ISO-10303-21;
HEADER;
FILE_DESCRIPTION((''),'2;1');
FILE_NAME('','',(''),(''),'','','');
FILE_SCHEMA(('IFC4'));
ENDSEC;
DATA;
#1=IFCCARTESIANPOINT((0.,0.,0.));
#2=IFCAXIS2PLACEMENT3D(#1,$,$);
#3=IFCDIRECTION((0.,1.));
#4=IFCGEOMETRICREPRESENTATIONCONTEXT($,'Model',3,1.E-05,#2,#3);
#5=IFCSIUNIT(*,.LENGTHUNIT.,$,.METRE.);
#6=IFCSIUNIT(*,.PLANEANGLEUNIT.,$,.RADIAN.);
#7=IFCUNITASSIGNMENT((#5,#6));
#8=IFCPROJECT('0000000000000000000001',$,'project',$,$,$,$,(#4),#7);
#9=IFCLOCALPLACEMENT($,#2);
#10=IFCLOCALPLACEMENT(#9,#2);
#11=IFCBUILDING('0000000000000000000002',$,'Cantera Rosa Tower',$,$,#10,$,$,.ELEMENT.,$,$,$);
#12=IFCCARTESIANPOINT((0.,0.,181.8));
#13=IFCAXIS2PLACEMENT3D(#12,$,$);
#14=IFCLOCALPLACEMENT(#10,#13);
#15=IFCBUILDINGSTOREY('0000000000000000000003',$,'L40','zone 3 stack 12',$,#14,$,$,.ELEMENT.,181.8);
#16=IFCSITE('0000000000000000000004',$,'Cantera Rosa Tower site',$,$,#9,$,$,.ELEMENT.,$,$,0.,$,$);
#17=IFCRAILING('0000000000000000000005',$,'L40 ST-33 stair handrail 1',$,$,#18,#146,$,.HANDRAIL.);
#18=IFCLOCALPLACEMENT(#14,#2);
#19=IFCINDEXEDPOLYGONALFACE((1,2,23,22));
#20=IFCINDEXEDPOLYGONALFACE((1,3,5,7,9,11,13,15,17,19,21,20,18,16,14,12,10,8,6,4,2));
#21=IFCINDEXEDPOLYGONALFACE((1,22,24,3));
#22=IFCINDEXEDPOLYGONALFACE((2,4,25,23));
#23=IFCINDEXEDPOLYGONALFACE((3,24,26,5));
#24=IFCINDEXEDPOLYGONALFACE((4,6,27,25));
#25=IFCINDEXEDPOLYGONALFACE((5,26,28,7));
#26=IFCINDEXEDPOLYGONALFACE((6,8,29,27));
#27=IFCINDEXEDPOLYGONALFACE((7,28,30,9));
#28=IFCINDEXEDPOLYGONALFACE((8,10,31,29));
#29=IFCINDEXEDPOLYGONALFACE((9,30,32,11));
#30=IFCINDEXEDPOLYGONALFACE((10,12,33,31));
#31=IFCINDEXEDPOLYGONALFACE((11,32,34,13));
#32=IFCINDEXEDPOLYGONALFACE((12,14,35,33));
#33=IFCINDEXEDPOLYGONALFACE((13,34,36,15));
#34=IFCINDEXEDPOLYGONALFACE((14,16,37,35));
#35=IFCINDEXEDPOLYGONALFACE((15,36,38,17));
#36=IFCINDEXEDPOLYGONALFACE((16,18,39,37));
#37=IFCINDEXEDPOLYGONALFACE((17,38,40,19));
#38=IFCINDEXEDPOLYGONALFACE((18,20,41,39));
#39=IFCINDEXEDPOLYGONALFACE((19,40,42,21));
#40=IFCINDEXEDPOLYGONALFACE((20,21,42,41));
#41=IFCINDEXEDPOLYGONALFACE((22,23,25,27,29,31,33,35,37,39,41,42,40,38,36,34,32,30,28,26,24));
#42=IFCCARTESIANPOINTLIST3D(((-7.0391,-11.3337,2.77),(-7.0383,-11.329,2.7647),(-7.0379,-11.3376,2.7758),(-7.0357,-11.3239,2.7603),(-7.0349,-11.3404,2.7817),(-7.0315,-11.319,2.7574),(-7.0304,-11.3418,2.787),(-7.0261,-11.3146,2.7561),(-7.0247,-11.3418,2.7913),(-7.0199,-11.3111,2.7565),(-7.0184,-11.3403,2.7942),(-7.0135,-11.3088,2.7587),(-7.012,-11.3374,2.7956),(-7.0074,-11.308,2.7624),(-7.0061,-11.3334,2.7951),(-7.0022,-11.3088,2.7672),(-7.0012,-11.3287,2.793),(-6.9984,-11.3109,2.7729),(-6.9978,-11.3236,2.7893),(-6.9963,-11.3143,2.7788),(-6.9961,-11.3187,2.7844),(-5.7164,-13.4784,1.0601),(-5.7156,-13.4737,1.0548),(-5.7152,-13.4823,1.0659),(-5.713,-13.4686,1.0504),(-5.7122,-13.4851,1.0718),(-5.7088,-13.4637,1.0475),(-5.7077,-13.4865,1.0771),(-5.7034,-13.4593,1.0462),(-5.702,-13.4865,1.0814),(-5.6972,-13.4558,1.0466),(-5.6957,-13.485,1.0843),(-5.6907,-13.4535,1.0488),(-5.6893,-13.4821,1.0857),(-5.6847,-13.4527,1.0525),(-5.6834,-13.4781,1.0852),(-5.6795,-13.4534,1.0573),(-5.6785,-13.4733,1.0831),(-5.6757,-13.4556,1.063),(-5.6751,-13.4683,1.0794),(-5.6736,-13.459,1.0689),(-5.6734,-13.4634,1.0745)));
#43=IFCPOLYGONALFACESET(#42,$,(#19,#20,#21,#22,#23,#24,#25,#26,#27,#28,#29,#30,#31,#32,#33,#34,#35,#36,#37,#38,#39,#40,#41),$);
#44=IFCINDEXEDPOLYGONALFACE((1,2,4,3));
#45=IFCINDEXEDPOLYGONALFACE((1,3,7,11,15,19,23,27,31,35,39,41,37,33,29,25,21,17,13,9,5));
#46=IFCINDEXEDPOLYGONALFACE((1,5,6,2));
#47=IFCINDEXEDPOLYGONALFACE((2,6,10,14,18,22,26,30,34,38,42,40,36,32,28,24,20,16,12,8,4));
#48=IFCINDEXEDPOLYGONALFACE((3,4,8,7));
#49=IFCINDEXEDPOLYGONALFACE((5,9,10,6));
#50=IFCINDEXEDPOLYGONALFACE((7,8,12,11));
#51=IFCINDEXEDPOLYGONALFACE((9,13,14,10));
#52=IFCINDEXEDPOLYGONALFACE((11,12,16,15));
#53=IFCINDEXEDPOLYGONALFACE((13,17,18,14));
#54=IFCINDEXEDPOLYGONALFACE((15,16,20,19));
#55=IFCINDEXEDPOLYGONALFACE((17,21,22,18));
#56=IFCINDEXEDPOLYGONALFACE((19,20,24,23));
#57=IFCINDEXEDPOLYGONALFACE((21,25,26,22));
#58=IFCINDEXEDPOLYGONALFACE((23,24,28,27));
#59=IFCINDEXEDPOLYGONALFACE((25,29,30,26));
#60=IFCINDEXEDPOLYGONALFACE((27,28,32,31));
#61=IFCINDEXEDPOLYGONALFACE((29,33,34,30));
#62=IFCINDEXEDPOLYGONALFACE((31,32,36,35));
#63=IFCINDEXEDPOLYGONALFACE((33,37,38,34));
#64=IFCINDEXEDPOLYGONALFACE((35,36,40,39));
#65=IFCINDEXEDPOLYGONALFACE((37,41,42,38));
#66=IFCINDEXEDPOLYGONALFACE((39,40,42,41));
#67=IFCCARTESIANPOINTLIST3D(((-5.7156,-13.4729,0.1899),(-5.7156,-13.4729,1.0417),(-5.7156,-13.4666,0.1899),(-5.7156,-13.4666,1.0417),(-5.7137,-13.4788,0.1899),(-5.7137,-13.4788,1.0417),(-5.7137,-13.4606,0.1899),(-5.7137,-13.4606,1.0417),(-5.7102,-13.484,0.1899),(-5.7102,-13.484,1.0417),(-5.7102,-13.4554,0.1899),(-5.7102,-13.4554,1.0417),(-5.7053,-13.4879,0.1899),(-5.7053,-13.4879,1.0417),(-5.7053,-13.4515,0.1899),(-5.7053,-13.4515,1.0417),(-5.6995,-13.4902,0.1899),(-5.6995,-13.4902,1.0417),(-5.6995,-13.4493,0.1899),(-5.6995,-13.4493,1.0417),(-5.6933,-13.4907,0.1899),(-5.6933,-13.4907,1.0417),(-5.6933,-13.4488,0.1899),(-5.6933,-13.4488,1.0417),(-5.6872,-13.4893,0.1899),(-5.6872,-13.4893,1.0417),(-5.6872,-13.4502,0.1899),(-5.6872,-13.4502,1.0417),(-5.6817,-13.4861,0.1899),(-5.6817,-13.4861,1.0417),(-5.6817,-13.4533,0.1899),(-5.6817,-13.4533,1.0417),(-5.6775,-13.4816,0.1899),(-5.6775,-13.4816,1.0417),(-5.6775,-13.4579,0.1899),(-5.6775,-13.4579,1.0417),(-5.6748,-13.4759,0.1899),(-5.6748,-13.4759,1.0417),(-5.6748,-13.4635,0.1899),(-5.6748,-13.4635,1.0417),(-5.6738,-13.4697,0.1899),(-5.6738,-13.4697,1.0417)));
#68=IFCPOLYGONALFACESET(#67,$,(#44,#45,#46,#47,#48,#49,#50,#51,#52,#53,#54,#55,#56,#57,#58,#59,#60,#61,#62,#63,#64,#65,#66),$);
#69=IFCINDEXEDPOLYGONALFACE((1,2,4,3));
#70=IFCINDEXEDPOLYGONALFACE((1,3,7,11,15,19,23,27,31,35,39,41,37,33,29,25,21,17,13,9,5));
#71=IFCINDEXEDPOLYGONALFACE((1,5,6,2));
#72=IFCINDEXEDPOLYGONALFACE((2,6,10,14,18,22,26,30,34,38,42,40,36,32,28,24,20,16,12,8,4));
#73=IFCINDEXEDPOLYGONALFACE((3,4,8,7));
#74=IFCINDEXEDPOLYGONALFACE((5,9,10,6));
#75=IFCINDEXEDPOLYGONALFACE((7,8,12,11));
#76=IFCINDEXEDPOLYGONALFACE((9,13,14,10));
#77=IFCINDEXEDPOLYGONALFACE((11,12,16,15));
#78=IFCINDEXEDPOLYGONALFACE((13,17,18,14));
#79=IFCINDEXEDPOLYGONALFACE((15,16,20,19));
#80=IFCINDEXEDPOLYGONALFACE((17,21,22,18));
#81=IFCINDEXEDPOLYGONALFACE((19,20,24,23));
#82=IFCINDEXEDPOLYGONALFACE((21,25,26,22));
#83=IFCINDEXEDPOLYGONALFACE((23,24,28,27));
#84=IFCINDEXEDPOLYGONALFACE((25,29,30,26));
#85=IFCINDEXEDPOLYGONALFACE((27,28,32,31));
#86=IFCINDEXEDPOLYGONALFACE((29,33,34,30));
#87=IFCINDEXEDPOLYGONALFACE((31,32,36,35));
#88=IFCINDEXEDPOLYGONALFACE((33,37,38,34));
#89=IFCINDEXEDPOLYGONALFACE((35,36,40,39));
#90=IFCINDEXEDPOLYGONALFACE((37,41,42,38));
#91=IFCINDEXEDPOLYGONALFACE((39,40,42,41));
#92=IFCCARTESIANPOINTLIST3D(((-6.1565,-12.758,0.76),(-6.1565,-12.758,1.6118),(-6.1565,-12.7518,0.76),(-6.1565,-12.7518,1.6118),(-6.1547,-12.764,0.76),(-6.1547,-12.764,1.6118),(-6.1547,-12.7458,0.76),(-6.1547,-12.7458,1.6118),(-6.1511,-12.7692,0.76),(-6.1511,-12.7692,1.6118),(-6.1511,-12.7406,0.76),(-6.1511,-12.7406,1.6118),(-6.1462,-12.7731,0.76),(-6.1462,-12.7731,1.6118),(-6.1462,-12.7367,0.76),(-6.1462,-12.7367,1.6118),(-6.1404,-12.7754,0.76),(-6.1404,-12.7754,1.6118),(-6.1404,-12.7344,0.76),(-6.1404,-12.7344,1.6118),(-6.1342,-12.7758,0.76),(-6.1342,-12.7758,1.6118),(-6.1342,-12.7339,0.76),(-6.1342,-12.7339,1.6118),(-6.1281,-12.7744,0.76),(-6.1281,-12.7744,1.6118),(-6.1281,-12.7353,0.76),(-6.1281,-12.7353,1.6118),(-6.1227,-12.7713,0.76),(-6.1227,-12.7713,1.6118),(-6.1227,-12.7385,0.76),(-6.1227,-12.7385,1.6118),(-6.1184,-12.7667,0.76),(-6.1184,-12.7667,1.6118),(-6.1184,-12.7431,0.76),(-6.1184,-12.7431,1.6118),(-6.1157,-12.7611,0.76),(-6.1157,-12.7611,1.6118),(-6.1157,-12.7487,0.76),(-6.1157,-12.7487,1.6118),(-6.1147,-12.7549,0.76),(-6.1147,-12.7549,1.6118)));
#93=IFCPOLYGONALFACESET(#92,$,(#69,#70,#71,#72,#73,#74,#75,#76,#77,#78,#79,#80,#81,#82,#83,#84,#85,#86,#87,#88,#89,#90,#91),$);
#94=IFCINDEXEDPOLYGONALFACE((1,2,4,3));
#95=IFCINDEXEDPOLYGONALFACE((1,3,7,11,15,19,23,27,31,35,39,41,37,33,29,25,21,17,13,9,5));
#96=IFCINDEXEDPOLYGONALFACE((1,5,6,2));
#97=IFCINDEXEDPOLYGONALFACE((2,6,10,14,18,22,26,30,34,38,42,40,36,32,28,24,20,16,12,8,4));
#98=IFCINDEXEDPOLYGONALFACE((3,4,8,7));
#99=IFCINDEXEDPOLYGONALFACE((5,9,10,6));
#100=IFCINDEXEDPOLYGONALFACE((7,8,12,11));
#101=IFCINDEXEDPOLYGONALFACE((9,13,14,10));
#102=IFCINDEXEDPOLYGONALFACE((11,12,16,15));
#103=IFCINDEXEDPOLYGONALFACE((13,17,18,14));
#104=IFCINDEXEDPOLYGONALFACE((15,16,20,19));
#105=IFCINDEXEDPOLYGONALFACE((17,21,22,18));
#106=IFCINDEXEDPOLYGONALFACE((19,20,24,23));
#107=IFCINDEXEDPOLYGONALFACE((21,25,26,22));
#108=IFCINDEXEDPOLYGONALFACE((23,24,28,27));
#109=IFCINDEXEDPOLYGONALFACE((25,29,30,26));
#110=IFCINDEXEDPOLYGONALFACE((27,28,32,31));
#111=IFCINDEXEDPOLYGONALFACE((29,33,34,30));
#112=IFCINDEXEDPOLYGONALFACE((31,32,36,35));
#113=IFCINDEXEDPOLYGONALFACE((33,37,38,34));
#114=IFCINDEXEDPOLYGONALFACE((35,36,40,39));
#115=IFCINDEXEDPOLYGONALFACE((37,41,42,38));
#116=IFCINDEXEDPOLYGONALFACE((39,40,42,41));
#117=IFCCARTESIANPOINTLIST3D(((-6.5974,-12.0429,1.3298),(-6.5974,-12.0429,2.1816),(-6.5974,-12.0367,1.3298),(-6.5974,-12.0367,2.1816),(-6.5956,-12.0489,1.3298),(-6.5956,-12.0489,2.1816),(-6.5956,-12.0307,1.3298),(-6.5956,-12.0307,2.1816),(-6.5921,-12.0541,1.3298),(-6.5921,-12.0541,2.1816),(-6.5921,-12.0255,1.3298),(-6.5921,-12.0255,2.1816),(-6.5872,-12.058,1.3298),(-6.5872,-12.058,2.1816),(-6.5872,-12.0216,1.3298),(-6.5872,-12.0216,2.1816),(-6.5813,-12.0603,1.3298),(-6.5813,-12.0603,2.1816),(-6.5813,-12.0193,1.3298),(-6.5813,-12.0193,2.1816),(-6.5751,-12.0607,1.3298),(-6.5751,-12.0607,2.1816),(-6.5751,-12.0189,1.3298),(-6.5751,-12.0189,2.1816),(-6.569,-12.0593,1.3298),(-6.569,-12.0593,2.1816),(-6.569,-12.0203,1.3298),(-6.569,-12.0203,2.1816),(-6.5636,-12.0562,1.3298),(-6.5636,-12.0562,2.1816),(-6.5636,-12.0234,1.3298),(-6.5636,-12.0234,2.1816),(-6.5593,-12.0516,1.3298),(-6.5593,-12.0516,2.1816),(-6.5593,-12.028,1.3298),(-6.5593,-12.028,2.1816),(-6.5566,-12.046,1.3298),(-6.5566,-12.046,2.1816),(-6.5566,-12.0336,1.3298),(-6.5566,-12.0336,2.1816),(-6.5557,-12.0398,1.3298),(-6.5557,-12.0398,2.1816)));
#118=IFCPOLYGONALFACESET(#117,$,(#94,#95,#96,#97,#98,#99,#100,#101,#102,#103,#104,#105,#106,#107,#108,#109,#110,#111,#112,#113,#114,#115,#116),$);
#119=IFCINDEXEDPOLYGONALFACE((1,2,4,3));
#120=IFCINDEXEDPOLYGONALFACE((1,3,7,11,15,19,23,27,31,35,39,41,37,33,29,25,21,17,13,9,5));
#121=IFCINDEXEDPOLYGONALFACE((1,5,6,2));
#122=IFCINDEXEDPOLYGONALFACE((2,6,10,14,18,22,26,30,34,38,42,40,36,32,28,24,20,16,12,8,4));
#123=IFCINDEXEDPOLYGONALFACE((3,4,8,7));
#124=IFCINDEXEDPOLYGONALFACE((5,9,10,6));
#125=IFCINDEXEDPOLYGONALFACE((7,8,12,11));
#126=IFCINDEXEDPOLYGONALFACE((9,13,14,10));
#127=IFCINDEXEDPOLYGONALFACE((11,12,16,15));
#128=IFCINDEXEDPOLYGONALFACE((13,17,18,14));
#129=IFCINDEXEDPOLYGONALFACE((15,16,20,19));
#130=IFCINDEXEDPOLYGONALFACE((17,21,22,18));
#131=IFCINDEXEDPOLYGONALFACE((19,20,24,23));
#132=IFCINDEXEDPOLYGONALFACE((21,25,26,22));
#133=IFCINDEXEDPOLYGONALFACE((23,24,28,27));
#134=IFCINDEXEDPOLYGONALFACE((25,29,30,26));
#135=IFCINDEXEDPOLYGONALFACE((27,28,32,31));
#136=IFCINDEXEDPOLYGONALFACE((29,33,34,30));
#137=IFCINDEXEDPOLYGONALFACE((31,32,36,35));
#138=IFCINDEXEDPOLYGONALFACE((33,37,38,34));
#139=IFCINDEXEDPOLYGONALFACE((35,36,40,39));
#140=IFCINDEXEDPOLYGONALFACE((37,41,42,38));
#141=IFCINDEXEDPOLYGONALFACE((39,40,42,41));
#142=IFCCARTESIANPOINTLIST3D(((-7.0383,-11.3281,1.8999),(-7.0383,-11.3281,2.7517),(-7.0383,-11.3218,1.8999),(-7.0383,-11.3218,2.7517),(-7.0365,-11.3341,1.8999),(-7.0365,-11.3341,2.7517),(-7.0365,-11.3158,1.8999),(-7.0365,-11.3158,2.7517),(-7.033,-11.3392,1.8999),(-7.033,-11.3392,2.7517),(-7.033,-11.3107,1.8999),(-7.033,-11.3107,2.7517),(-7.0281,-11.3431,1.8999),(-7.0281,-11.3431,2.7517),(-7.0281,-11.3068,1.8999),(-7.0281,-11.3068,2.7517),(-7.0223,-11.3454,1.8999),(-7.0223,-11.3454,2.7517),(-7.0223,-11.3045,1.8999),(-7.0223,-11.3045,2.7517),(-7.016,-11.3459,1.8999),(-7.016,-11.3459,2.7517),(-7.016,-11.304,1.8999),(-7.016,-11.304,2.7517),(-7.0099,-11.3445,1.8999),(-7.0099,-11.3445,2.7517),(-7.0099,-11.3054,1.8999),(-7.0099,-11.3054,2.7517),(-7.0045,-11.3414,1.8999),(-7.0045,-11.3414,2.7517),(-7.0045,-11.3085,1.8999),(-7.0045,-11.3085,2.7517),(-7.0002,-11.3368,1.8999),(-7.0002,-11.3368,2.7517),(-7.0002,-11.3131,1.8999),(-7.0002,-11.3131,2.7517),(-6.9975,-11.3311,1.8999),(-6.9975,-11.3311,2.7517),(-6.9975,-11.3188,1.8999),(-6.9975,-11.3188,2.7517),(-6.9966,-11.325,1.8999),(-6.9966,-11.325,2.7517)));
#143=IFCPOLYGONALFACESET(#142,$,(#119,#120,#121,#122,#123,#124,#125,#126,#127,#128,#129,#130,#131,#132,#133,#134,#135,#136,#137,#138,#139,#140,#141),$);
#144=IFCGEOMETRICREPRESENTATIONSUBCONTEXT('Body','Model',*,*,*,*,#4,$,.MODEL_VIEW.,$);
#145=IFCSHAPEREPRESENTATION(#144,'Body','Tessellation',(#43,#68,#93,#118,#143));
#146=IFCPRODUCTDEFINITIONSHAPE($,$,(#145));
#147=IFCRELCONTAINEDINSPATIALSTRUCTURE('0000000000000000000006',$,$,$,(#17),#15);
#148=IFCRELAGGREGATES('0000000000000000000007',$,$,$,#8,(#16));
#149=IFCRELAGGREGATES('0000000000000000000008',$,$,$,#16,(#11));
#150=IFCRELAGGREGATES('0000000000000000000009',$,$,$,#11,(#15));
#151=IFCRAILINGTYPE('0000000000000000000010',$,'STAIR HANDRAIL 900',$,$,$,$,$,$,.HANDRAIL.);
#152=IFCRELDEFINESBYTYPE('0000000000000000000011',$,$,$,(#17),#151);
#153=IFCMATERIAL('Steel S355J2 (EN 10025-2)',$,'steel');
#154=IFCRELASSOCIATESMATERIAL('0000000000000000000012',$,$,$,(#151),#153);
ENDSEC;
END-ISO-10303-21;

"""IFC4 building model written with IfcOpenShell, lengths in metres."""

from ifc_helpers import new_model, si_unit, direction, frame, origin, origin_2d, place, context, subcontext, project, spatial, circle, extrude, material, type_object, element, save


model = new_model("IFC4")

# Units and contexts
model_context = context("Model", 3, precision=1e-05, world=origin(), true_north=direction((0.0, 1.0)))
body_context = subcontext(model_context, "Body", "Model", "MODEL_VIEW")
ifc_project = project(units=[si_unit("LENGTHUNIT", "METRE"), si_unit("PLANEANGLEUNIT", "RADIAN")], contexts=[model_context])

# Site, building, storey
site_placement = place(None, origin())
site = spatial("IfcSite", under=ifc_project, at=site_placement, Name="Cantera Rosa Tower site", CompositionType="ELEMENT", RefElevation=0.0)
building_placement = place(site_placement, origin())
building = spatial("IfcBuilding", under=site, at=building_placement, Name="Cantera Rosa Tower", CompositionType="ELEMENT")
storey_placement = place(building_placement, frame((0.0, 0.0, 181.8)))
storey = spatial("IfcBuildingStorey", under=building, at=storey_placement, Name="L40", Description="zone 3 stack 12", CompositionType="ELEMENT", Elevation=181.8)

# Railing
ifc_material_1 = material(Name="Steel S355J2 (EN 10025-2)", Category="steel")
railing_type_1 = type_object("IfcRailingType", Name="STAIR HANDRAIL 900", PredefinedType="HANDRAIL", material=ifc_material_1)
railing_1_placement = place(storey_placement, frame((-5.6948, -13.4697, 0.1899)))
element("IfcRailing", 1, at=railing_1_placement, inside=storey, type_object=railing_type_1, Name="L40 ST-33 stair handrail 1", PredefinedType="HANDRAIL", context=body_context, shape_type="SweptSolid", body=[
    extrude(circle(Radius=0.0239, at=origin_2d()), frame((0.0, 0.0, 0.876), z_axis=(-0.434363, 0.704296, 0.561513), x_axis=(-0.851146, -0.52493, 0.0)), (0.0, 0.0, 1.0), 3.0452),
    extrude(circle(Radius=0.021, at=origin_2d()), origin(), (0.0, 0.0, 1.0), 0.8518),
    extrude(circle(Radius=0.021, at=origin_2d()), frame((-0.4409, 0.7148, 0.5701)), (0.0, 0.0, 1.0), 0.8518),
    extrude(circle(Radius=0.021, at=origin_2d()), frame((-0.8818, 1.4299, 1.1399)), (0.0, 0.0, 1.0), 0.8518),
    extrude(circle(Radius=0.021, at=origin_2d()), frame((-1.3228, 2.1448, 1.71)), (0.0, 0.0, 1.0), 0.8518),
])

save(model, "model.ifc")
